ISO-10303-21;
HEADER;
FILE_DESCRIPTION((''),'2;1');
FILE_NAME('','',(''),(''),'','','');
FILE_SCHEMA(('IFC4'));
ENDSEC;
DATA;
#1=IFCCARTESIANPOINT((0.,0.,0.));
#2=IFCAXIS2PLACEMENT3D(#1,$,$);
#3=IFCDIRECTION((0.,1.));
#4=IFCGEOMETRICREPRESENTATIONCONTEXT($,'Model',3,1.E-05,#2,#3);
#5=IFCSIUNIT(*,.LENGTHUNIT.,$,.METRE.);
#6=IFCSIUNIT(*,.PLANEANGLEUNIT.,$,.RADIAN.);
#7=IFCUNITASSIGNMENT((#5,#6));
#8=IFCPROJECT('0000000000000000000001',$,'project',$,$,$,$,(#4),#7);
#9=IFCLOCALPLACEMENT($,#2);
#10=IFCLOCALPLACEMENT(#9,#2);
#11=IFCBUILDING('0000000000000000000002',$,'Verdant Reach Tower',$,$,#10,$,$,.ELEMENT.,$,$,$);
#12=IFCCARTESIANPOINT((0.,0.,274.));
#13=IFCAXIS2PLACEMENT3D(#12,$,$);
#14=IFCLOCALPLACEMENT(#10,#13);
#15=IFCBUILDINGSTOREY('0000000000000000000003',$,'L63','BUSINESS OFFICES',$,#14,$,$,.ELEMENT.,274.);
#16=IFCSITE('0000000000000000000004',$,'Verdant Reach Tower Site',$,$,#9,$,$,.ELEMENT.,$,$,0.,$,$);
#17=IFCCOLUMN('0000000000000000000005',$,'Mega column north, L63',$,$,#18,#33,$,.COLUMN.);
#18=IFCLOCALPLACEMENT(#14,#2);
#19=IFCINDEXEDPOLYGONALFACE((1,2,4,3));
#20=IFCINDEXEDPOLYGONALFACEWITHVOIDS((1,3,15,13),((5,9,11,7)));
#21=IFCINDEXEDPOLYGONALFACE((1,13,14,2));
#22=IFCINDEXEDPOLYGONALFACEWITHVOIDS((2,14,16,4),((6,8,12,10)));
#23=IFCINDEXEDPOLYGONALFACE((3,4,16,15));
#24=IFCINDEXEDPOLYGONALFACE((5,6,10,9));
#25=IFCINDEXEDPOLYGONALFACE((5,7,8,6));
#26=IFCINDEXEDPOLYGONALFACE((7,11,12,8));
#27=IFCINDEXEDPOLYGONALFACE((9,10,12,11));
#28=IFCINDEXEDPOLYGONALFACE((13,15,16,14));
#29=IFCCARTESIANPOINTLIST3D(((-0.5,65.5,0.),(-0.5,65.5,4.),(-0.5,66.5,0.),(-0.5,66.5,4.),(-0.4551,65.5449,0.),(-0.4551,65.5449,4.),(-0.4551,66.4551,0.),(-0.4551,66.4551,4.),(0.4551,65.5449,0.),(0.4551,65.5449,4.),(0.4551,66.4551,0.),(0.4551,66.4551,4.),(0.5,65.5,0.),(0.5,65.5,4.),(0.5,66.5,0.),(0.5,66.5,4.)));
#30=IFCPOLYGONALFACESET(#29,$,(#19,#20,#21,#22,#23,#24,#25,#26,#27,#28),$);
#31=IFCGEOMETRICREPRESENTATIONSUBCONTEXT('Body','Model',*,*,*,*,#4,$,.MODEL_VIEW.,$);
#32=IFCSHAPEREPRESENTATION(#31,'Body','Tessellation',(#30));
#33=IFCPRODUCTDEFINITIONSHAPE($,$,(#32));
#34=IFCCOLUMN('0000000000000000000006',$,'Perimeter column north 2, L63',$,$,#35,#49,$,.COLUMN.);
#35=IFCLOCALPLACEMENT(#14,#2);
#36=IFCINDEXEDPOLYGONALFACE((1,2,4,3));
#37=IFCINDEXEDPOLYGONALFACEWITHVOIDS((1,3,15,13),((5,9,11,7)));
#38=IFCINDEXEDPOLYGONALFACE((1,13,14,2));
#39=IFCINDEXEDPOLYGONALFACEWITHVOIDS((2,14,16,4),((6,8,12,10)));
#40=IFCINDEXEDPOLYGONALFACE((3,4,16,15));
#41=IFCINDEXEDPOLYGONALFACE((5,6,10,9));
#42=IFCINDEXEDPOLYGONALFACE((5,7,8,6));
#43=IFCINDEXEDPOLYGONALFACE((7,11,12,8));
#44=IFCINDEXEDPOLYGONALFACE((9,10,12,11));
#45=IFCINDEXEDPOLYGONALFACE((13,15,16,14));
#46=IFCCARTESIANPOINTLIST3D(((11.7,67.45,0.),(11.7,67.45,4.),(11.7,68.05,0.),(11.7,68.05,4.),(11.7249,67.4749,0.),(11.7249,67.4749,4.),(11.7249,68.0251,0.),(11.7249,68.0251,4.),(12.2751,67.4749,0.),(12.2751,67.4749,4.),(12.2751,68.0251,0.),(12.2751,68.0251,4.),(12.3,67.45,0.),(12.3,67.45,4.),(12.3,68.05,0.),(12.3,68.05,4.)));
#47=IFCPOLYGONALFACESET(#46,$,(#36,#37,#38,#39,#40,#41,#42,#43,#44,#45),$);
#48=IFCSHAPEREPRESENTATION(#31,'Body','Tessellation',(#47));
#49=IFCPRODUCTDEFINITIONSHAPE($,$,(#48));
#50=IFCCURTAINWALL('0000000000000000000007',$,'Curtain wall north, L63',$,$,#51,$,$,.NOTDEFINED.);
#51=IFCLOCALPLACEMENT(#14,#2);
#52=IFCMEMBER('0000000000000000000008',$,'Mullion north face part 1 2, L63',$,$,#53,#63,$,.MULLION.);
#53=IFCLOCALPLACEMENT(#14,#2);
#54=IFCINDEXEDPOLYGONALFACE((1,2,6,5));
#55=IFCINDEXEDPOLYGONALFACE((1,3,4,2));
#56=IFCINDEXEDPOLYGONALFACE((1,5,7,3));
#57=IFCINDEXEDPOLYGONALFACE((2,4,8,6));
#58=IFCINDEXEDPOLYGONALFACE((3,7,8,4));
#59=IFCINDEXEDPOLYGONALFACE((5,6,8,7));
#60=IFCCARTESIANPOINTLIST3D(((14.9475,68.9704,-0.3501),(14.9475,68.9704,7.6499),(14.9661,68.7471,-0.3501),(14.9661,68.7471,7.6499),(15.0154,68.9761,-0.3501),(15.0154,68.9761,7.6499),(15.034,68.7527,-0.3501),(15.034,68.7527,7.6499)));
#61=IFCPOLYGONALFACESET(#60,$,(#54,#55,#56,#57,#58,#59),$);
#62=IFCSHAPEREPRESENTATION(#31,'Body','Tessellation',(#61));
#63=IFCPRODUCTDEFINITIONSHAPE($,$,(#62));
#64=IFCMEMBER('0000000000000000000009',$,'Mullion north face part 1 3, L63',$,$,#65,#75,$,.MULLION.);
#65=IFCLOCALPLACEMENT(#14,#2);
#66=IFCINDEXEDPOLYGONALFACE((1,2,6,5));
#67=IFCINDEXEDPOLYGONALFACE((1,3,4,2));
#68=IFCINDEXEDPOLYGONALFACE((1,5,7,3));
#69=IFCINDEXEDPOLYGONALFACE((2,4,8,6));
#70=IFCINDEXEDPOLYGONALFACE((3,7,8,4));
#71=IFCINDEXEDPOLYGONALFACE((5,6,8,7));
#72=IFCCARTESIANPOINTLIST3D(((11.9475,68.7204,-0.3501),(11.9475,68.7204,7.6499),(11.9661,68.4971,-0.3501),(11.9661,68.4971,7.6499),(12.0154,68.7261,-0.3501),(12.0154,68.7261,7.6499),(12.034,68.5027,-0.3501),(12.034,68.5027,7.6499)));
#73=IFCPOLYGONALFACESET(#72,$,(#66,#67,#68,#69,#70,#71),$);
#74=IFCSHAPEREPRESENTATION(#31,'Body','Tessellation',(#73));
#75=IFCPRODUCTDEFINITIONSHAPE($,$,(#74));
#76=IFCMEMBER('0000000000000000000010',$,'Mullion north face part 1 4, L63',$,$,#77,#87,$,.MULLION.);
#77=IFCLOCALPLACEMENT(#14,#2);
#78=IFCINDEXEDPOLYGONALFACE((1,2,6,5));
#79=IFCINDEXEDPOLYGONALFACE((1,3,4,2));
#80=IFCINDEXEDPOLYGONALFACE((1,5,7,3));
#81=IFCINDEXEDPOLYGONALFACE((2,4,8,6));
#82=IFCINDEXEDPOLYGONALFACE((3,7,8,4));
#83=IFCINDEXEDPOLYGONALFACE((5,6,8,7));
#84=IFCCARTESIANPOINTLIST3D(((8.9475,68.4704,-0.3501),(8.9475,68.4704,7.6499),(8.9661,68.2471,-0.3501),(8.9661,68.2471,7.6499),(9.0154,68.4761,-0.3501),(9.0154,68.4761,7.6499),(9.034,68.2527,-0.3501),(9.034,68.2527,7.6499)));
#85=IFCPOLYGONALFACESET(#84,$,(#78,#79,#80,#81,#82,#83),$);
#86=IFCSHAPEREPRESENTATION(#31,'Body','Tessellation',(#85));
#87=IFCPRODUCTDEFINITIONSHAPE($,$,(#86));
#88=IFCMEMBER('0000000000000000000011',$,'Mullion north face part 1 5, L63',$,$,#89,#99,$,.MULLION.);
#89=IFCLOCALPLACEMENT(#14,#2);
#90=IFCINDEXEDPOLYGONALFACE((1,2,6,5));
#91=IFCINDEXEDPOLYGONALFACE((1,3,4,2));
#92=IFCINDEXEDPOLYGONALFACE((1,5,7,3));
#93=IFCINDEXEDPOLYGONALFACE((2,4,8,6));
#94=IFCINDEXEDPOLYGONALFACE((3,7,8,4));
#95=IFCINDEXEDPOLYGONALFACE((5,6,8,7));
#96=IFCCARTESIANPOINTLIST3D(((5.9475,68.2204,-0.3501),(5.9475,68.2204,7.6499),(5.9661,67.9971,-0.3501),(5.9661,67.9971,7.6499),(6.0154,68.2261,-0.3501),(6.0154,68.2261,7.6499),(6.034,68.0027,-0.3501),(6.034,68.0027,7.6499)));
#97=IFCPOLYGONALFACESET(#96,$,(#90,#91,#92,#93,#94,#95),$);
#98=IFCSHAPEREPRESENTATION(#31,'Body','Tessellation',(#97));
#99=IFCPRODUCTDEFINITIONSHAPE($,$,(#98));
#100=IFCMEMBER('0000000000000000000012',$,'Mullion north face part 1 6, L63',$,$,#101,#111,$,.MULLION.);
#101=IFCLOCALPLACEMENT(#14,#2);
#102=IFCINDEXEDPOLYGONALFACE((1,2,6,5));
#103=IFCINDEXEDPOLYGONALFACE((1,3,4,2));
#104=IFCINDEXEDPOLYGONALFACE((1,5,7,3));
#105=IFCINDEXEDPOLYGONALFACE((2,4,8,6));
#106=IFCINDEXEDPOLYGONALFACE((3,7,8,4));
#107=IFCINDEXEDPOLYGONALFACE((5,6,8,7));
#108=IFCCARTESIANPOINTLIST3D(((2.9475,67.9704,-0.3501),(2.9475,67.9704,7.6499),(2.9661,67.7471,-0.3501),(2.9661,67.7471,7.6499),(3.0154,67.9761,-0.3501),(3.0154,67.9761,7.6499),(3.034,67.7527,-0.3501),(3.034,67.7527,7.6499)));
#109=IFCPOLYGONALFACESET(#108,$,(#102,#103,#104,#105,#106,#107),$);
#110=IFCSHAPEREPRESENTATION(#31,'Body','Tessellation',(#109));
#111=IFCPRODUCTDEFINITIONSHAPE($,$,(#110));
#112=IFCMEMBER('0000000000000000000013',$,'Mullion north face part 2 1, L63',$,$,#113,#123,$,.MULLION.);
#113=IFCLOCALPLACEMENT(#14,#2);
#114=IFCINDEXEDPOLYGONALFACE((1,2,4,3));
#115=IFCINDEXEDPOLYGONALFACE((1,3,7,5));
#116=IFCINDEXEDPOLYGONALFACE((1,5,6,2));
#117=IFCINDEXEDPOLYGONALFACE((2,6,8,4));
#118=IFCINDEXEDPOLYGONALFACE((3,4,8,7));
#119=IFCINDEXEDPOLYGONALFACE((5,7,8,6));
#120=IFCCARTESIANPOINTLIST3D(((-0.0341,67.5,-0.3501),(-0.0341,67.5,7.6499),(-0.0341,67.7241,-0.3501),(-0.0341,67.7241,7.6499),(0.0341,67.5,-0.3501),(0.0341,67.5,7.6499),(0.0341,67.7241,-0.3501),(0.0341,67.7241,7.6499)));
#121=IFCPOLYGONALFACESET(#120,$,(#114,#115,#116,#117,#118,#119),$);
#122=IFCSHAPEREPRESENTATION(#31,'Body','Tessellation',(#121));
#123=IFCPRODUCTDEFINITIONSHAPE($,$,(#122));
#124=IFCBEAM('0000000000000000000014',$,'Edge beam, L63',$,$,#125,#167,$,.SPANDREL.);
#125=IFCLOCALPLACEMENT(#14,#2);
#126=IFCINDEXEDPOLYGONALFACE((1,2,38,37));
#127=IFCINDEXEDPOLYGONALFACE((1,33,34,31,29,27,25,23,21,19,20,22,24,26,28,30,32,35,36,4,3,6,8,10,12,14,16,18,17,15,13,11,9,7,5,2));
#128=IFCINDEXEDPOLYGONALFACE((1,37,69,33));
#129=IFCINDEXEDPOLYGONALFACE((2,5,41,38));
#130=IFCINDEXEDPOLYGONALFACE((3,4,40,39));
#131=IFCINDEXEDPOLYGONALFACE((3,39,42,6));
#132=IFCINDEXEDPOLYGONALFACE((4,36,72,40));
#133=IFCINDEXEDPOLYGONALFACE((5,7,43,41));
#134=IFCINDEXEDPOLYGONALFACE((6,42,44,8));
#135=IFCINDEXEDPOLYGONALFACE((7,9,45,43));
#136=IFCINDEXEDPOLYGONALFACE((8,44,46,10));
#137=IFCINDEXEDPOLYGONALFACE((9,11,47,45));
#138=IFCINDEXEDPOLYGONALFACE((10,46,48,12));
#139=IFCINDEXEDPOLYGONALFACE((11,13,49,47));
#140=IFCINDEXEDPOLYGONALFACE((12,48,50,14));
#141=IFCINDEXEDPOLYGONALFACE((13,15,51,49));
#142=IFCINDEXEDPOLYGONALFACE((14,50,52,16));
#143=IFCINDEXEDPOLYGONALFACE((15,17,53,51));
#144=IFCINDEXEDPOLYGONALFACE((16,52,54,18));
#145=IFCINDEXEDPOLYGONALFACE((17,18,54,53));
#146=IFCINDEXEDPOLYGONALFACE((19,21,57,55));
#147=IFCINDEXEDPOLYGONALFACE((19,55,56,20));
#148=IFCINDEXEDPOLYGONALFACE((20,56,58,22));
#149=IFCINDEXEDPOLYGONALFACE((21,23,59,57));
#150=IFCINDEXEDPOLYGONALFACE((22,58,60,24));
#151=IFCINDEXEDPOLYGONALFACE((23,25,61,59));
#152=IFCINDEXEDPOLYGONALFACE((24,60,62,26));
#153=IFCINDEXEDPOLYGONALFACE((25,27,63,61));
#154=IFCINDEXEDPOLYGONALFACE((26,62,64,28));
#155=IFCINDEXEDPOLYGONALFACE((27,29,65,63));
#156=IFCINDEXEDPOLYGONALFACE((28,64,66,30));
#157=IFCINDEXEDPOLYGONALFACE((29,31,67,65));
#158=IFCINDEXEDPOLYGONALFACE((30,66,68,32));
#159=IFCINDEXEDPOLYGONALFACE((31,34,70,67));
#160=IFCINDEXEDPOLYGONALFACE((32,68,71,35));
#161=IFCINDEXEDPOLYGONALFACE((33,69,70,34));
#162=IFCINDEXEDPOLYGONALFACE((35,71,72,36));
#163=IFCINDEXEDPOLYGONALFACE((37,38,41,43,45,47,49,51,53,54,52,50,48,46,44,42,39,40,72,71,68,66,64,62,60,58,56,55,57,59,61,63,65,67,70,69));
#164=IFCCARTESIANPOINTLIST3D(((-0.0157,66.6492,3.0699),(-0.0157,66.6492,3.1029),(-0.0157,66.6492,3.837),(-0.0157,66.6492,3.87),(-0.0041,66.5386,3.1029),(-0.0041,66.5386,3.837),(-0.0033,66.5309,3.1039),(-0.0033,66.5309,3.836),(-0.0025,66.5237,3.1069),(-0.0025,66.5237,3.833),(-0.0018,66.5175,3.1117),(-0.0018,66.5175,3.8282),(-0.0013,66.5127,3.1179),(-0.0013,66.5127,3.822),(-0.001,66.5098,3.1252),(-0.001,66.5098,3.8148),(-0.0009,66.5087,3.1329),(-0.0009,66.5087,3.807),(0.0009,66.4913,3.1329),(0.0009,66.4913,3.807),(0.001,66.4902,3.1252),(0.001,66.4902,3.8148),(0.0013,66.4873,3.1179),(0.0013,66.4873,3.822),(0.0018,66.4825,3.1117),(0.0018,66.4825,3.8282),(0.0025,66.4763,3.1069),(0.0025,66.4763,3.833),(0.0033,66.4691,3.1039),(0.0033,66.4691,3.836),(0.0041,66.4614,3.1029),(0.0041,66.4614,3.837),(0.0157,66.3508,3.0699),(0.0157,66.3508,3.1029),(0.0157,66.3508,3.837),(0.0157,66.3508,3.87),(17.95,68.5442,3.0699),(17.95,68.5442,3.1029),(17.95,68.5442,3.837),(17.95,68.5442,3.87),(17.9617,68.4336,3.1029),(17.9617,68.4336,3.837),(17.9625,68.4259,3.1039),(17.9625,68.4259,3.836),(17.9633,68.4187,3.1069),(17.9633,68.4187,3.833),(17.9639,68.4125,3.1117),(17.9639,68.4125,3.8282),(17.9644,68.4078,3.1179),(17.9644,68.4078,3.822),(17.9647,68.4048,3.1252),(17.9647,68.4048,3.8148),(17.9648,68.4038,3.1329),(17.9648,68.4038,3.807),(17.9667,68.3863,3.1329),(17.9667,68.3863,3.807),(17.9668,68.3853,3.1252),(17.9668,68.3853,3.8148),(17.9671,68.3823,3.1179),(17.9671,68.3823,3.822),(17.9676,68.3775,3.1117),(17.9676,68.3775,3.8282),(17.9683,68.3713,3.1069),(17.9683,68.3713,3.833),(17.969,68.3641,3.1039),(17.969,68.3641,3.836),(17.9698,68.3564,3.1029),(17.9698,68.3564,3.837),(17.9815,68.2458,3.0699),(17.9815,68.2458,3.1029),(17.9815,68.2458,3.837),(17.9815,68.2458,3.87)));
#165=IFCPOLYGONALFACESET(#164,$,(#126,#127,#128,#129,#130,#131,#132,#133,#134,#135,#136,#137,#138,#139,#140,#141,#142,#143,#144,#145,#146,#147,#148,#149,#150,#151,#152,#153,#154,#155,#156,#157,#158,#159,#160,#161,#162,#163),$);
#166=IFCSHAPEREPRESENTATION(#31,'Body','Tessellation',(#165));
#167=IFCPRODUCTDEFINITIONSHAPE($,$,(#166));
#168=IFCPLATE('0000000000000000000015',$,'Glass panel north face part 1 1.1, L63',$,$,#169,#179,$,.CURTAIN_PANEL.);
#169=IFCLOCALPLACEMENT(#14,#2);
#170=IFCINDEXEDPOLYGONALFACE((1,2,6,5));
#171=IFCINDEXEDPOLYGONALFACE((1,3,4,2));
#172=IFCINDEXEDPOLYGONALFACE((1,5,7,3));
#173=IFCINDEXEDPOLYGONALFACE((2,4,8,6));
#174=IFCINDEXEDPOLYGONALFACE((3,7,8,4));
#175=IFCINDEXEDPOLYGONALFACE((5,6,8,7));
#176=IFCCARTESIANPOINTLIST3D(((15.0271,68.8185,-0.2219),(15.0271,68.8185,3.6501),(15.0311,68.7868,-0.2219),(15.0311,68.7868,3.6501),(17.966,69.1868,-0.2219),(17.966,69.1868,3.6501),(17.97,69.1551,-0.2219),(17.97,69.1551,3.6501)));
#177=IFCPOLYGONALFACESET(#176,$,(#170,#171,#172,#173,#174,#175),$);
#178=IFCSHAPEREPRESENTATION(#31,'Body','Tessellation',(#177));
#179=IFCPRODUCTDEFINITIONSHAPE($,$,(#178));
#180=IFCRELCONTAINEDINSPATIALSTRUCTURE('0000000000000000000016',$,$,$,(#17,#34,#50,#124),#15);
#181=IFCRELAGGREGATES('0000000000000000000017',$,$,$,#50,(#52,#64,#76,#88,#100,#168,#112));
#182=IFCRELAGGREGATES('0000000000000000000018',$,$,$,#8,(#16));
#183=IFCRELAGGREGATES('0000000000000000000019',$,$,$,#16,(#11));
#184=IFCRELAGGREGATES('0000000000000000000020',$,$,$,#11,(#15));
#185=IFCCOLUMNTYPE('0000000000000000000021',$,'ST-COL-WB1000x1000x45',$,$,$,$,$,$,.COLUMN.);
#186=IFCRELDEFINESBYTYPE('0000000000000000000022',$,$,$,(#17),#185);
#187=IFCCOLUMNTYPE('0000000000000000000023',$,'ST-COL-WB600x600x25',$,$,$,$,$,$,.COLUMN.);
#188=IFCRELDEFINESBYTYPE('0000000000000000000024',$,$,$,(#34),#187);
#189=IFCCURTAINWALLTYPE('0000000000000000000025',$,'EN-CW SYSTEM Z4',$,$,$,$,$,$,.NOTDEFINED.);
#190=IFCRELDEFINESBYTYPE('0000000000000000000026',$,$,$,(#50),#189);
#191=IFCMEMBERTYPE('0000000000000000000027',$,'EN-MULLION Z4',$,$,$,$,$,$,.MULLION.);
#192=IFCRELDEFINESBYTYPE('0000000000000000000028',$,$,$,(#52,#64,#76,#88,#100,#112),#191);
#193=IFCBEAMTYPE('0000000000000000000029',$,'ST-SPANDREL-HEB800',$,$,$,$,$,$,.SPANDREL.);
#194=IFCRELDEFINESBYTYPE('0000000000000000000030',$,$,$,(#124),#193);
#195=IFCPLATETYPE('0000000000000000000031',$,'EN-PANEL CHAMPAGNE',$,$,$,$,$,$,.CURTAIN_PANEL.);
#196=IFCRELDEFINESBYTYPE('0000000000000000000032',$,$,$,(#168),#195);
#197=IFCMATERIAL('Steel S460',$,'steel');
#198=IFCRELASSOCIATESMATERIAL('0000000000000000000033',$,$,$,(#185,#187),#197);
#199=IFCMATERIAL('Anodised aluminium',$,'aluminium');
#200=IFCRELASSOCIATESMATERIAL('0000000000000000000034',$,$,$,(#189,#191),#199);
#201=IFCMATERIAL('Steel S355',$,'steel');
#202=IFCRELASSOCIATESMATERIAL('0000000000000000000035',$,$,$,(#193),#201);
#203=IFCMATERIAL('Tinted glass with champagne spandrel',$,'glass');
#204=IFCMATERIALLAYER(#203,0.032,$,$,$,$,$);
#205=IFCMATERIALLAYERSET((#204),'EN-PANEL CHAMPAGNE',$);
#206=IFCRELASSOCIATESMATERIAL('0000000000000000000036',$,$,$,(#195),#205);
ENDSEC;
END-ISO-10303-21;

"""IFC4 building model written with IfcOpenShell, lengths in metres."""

from ifc_helpers import new_model, si_unit, direction, frame, origin, origin_2d, place, context, subcontext, project, spatial, rectangle, hollow_rectangle, i_section, extrude, material, layer, layer_set, material_profile, profile_set, type_object, element, aggregate, save


model = new_model("IFC4")

# Units and contexts
model_context = context("Model", 3, precision=1e-05, world=origin(), true_north=direction((0.0, 1.0)))
body_context = subcontext(model_context, "Body", "Model", "MODEL_VIEW")
ifc_project = project(units=[si_unit("LENGTHUNIT", "METRE"), si_unit("PLANEANGLEUNIT", "RADIAN")], contexts=[model_context])

# Site, building, storey
site_placement = place(None, origin())
site = spatial("IfcSite", under=ifc_project, at=site_placement, Name="Verdant Reach Tower Site", CompositionType="ELEMENT", RefElevation=0.0)
building_placement = place(site_placement, origin())
building = spatial("IfcBuilding", under=site, at=building_placement, Name="Verdant Reach Tower", CompositionType="ELEMENT")
storey_placement = place(building_placement, frame((0.0, 0.0, 274.0)))
storey = spatial("IfcBuildingStorey", under=building, at=storey_placement, Name="L63", Description="BUSINESS OFFICES", CompositionType="ELEMENT", Elevation=274.0)

# Columns
ifc_material_1 = material(Name="Steel S460", Category="steel")
ifc_material_profile_1 = material_profile(ifc_material_1, hollow_rectangle(XDim=1.0, YDim=1.0, WallThickness=0.0449, at=origin_2d()), Name="WB 1000x1000x45")
ifc_profile_set_1 = profile_set([ifc_material_profile_1], Name="Steel S460")
column_type_1 = type_object("IfcColumnType", Name="ST-COL-WB1000x1000x45", PredefinedType="COLUMN", material=ifc_profile_set_1)
column_1_placement = place(storey_placement, frame((0.0, 66.0, 0.0), z_axis=(0.0, 0.0, 1.0), x_axis=(1.0, 0.0, 0.0)))
element("IfcColumn", 1, at=column_1_placement, inside=storey, type_object=column_type_1, Name="Mega column north, L63", PredefinedType="COLUMN", context=body_context, shape_type="SweptSolid", body=[
    extrude(hollow_rectangle(XDim=1.0, YDim=1.0, WallThickness=0.0449, at=origin_2d()), origin(), (0.0, 0.0, 1.0), 4.0),
])
ifc_material_profile_2 = material_profile(ifc_material_1, hollow_rectangle(XDim=0.6001, YDim=0.6001, WallThickness=0.0249, at=origin_2d()), Name="WB 600x600x25")
ifc_profile_set_2 = profile_set([ifc_material_profile_2], Name="Steel S460")
column_type_2 = type_object("IfcColumnType", Name="ST-COL-WB600x600x25", PredefinedType="COLUMN", material=ifc_profile_set_2)
column_2_placement = place(storey_placement, frame((12.0, 67.75, 0.0), z_axis=(0.0, 0.0, 1.0), x_axis=(1.0, 0.0, 0.0)))
element("IfcColumn", 2, at=column_2_placement, inside=storey, type_object=column_type_2, Name="Perimeter column north 2, L63", PredefinedType="COLUMN", context=body_context, shape_type="SweptSolid", body=[
    extrude(hollow_rectangle(XDim=0.6001, YDim=0.6001, WallThickness=0.0249, at=origin_2d()), origin(), (0.0, 0.0, 1.0), 4.0),
])

# Curtain wall, members
ifc_material_2 = material(Name="Anodised aluminium", Category="aluminium")
curtain_wall_type = type_object("IfcCurtainWallType", Name="EN-CW SYSTEM Z4", PredefinedType="NOTDEFINED", material=ifc_material_2)
curtain_wall_placement = place(storey_placement, origin())
curtain_wall = element("IfcCurtainWall", 3, at=curtain_wall_placement, inside=storey, type_object=curtain_wall_type, Name="Curtain wall north, L63", PredefinedType="NOTDEFINED")
ifc_material_profile_3 = material_profile(ifc_material_2, rectangle(XDim=0.2241, YDim=0.0681, at=origin_2d()), Name="Mullion 68x224")
ifc_profile_set_3 = profile_set([ifc_material_profile_3], Name="Anodised aluminium")
member_type = type_object("IfcMemberType", Name="EN-MULLION Z4", PredefinedType="MULLION", material=ifc_profile_set_3)
member_1_placement = place(storey_placement, frame((14.9907, 68.8616, -0.3501), z_axis=(0.0, 0.0, 1.0), x_axis=(-0.083045, 0.996546, 0.0)))
member_1 = element("IfcMember", 4, at=member_1_placement, type_object=member_type, Name="Mullion north face part 1 2, L63", PredefinedType="MULLION", context=body_context, shape_type="SweptSolid", body=[
    extrude(rectangle(XDim=0.2241, YDim=0.0681, at=origin_2d()), origin(), (0.0, 0.0, 1.0), 8.0),
])
member_2_placement = place(storey_placement, frame((11.9907, 68.6116, -0.3501), z_axis=(0.0, 0.0, 1.0), x_axis=(-0.083045, 0.996546, 0.0)))
member_2 = element("IfcMember", 5, at=member_2_placement, type_object=member_type, Name="Mullion north face part 1 3, L63", PredefinedType="MULLION", context=body_context, shape_type="SweptSolid", body=[
    extrude(rectangle(XDim=0.2241, YDim=0.0681, at=origin_2d()), origin(), (0.0, 0.0, 1.0), 8.0),
])
member_3_placement = place(storey_placement, frame((8.9907, 68.3616, -0.3501), z_axis=(0.0, 0.0, 1.0), x_axis=(-0.083045, 0.996546, 0.0)))
member_3 = element("IfcMember", 6, at=member_3_placement, type_object=member_type, Name="Mullion north face part 1 4, L63", PredefinedType="MULLION", context=body_context, shape_type="SweptSolid", body=[
    extrude(rectangle(XDim=0.2241, YDim=0.0681, at=origin_2d()), origin(), (0.0, 0.0, 1.0), 8.0),
])
member_4_placement = place(storey_placement, frame((5.9907, 68.1116, -0.3501), z_axis=(0.0, 0.0, 1.0), x_axis=(-0.083045, 0.996546, 0.0)))
member_4 = element("IfcMember", 7, at=member_4_placement, type_object=member_type, Name="Mullion north face part 1 5, L63", PredefinedType="MULLION", context=body_context, shape_type="SweptSolid", body=[
    extrude(rectangle(XDim=0.2241, YDim=0.0681, at=origin_2d()), origin(), (0.0, 0.0, 1.0), 8.0),
])
member_5_placement = place(storey_placement, frame((2.9907, 67.8616, -0.3501), z_axis=(0.0, 0.0, 1.0), x_axis=(-0.083045, 0.996546, 0.0)))
member_5 = element("IfcMember", 8, at=member_5_placement, type_object=member_type, Name="Mullion north face part 1 6, L63", PredefinedType="MULLION", context=body_context, shape_type="SweptSolid", body=[
    extrude(rectangle(XDim=0.2241, YDim=0.0681, at=origin_2d()), origin(), (0.0, 0.0, 1.0), 8.0),
])
member_6_placement = place(storey_placement, frame((0.0, 67.6121, -0.3501), z_axis=(0.0, 0.0, 1.0), x_axis=(0.0, 1.0, 0.0)))
member_6 = element("IfcMember", 9, at=member_6_placement, type_object=member_type, Name="Mullion north face part 2 1, L63", PredefinedType="MULLION", context=body_context, shape_type="SweptSolid", body=[
    extrude(rectangle(XDim=0.2241, YDim=0.0681, at=origin_2d()), origin(), (0.0, 0.0, 1.0), 8.0),
])

# Beam
ifc_material_3 = material(Name="Steel S355", Category="steel")
ifc_material_profile_4 = material_profile(ifc_material_3, i_section(OverallWidth=0.3, OverallDepth=0.8, WebThickness=0.0176, FlangeThickness=0.033, FilletRadius=0.03, at=origin_2d()), Name="HEB 800")
ifc_profile_set_4 = profile_set([ifc_material_profile_4], Name="Steel S355")
beam_type = type_object("IfcBeamType", Name="ST-SPANDREL-HEB800", PredefinedType="SPANDREL", material=ifc_profile_set_4)
beam_placement = place(storey_placement, frame((0.0, 66.5, 3.47), z_axis=(0.994483, 0.104897, 0.0), x_axis=(-0.104897, 0.994483, 0.0)))
element("IfcBeam", 10, at=beam_placement, inside=storey, type_object=beam_type, Name="Edge beam, L63", PredefinedType="SPANDREL", context=body_context, shape_type="SweptSolid", body=[
    extrude(i_section(OverallWidth=0.3, OverallDepth=0.8, WebThickness=0.0176, FlangeThickness=0.033, FilletRadius=0.03, at=origin_2d()), origin(), (0.0, 0.0, 1.0), 18.0654),
])

# Plate
ifc_material_4 = material(Name="Tinted glass with champagne spandrel", Category="glass")
ifc_layer_1 = layer(ifc_material_4, 0.032)
ifc_layer_set_1 = layer_set([ifc_layer_1], Name="EN-PANEL CHAMPAGNE")
plate_type_1 = type_object("IfcPlateType", Name="EN-PANEL CHAMPAGNE", PredefinedType="CURTAIN_PANEL", material=ifc_layer_set_1)
plate_1_placement = place(storey_placement, frame((16.4985, 68.9868, -0.2219), z_axis=(0.0, 0.0, 1.0), x_axis=(-0.992239, -0.124346, 0.0)))
plate_1 = element("IfcPlate", 11, at=plate_1_placement, type_object=plate_type_1, Name="Glass panel north face part 1 1.1, L63", PredefinedType="CURTAIN_PANEL", context=body_context, shape_type="SweptSolid", body=[
    extrude(rectangle(XDim=2.9619, YDim=0.032, at=origin_2d()), origin(), (0.0, 0.0, 1.0), 3.8721),
])
aggregate(curtain_wall, [member_1, member_2, member_3, member_4, member_5, plate_1, member_6])

save(model, "model.ifc")
